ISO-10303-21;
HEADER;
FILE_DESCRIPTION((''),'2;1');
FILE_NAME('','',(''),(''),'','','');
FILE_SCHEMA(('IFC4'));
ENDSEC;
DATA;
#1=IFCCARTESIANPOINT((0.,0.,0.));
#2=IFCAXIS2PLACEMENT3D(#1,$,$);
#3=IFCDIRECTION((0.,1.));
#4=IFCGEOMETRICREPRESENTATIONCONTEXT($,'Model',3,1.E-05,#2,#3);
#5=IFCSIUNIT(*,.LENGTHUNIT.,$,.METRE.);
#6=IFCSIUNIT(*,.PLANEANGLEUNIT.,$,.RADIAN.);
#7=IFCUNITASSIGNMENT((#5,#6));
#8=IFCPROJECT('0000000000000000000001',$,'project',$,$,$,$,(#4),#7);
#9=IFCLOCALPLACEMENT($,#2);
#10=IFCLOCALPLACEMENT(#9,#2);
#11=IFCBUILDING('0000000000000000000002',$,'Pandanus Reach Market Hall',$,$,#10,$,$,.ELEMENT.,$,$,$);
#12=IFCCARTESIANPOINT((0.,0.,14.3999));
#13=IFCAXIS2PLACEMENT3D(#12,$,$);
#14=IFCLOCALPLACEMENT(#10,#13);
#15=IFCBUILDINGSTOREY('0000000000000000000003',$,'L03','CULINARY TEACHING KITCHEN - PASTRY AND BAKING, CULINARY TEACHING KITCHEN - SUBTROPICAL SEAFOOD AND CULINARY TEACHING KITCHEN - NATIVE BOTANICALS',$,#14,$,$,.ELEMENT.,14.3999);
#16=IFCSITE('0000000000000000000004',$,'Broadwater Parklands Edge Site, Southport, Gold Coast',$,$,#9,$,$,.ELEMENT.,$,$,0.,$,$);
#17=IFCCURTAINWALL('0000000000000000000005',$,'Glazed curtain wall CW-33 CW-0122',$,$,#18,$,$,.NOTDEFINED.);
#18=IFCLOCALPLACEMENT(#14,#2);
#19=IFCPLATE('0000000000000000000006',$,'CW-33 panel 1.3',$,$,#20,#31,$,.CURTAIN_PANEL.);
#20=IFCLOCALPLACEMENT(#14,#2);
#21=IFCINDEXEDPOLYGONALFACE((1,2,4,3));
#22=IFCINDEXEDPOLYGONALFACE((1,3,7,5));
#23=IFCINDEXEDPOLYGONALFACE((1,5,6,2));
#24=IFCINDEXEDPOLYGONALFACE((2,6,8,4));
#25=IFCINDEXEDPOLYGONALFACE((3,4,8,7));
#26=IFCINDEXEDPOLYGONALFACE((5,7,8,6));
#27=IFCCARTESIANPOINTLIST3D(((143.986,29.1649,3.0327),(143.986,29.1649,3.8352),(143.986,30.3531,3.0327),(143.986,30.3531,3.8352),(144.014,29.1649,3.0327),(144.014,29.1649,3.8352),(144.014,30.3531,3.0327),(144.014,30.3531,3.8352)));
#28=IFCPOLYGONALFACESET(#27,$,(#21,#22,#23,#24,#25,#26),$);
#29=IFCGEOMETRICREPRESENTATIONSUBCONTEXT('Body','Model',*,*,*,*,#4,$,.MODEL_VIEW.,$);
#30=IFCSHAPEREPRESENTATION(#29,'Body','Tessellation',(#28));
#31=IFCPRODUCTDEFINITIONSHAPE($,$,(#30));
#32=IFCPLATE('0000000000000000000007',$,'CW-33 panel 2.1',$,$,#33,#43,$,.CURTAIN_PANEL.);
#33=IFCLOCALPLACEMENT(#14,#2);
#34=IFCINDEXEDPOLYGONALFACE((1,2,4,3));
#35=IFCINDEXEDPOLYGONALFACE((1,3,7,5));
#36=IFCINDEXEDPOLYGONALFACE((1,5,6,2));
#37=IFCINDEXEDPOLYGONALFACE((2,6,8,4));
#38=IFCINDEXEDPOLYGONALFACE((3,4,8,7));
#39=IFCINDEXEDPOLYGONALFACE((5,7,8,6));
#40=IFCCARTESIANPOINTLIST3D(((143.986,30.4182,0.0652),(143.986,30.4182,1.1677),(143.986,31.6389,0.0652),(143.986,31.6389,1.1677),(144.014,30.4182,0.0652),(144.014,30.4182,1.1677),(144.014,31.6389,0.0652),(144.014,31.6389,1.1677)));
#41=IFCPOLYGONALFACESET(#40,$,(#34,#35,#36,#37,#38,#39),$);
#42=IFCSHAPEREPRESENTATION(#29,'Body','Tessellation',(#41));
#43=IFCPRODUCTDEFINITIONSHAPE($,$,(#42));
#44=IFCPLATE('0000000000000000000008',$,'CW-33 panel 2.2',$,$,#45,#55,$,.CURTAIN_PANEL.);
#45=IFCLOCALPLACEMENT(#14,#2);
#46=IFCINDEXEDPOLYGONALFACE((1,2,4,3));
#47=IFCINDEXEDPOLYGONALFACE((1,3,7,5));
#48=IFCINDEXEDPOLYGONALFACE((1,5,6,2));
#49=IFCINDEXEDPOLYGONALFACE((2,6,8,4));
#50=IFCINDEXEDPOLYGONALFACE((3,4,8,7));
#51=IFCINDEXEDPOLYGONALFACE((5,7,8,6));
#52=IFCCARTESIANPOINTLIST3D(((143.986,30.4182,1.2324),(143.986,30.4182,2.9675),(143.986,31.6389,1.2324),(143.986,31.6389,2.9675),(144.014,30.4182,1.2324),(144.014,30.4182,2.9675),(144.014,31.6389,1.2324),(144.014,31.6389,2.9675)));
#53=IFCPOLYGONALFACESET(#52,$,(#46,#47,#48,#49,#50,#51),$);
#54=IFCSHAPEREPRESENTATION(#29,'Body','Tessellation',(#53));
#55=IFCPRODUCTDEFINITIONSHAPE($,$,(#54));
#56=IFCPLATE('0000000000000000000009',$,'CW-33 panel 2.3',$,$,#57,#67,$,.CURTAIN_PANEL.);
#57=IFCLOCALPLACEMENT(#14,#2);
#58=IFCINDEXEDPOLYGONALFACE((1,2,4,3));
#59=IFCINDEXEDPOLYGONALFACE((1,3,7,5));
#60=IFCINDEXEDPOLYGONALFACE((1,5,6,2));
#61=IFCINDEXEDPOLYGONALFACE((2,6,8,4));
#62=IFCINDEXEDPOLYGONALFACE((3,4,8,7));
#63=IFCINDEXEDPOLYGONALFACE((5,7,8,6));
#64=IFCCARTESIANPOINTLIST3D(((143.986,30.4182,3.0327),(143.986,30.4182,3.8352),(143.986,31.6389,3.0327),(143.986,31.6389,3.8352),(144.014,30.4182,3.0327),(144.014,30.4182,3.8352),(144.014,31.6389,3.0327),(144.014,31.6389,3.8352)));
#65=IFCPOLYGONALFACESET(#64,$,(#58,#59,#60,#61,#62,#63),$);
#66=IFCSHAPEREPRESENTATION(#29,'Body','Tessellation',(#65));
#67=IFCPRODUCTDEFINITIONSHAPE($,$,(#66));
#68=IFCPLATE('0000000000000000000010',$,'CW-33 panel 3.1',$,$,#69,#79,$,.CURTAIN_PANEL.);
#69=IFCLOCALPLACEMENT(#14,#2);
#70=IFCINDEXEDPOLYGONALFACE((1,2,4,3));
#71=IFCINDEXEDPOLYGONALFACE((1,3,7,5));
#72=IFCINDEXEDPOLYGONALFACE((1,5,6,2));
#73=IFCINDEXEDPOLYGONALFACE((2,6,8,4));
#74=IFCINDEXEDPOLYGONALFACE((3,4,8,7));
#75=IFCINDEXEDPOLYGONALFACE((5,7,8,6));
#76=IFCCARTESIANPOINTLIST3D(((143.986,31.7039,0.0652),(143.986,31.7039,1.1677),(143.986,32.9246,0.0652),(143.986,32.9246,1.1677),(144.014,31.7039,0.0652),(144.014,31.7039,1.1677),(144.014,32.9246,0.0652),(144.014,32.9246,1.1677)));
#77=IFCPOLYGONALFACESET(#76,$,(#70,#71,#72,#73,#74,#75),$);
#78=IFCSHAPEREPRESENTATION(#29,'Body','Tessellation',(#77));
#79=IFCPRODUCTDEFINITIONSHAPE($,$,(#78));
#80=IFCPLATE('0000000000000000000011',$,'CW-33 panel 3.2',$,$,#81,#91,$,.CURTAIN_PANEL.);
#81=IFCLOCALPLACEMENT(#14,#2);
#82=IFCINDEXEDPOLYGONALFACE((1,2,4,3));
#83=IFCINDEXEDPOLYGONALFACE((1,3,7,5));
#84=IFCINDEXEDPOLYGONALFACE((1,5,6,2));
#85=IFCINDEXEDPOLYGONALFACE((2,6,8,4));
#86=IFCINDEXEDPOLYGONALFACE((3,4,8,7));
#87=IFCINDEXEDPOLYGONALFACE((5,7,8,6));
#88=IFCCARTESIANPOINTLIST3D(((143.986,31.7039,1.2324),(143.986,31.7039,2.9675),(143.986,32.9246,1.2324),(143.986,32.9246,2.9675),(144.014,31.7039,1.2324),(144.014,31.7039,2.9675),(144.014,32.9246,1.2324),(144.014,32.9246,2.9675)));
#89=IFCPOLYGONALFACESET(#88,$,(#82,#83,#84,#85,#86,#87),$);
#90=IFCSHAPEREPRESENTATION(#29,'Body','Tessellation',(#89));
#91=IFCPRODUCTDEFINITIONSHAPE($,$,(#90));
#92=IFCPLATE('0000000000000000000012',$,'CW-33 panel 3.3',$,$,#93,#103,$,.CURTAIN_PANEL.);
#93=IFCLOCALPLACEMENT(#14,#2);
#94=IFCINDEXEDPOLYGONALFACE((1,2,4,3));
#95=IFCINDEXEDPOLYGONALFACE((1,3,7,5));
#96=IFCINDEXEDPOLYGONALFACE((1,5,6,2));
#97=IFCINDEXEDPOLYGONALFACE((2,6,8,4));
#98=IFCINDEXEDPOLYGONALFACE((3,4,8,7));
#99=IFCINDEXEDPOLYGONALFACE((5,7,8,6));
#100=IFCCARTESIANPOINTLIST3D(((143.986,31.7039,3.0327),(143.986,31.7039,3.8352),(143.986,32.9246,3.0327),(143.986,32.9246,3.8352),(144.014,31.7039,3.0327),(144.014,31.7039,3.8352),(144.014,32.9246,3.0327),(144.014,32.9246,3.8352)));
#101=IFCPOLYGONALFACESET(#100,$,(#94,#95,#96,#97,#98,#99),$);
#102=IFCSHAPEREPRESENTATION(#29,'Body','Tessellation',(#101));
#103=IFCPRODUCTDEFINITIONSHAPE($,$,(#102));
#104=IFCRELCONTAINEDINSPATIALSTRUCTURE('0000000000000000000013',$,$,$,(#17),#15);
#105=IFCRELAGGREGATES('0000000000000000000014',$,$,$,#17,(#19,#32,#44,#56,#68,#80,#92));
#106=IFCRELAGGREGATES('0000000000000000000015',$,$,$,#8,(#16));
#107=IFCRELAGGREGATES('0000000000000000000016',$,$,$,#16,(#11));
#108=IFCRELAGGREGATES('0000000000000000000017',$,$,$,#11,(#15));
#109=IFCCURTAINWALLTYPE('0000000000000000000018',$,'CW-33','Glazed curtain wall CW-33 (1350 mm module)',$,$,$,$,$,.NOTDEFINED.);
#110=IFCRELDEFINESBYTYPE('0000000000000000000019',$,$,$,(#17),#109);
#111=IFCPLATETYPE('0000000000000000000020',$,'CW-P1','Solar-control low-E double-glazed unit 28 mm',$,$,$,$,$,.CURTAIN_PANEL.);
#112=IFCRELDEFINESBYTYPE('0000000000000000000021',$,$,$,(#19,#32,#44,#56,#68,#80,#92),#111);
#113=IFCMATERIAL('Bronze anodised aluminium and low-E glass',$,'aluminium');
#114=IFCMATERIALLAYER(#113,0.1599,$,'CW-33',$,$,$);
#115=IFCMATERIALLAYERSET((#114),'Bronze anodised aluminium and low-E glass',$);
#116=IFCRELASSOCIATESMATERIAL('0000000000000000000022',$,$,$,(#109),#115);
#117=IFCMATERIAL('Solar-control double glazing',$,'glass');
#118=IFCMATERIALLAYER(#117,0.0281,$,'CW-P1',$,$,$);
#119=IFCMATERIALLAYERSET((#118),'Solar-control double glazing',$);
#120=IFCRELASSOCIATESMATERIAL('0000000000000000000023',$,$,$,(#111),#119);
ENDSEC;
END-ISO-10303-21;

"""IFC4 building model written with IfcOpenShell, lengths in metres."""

from ifc_helpers import new_model, si_unit, direction, frame, origin, origin_2d, place, context, subcontext, project, spatial, rectangle, extrude, material, layer, layer_set, type_object, element, aggregate, save


model = new_model("IFC4")

# Units and contexts
model_context = context("Model", 3, precision=1e-05, world=origin(), true_north=direction((0.0, 1.0)))
body_context = subcontext(model_context, "Body", "Model", "MODEL_VIEW")
ifc_project = project(units=[si_unit("LENGTHUNIT", "METRE"), si_unit("PLANEANGLEUNIT", "RADIAN")], contexts=[model_context])

# Site, building, storey
site_placement = place(None, origin())
site = spatial("IfcSite", under=ifc_project, at=site_placement, Name="Broadwater Parklands Edge Site, Southport, Gold Coast", CompositionType="ELEMENT", RefElevation=0.0)
building_placement = place(site_placement, origin())
building = spatial("IfcBuilding", under=site, at=building_placement, Name="Pandanus Reach Market Hall", CompositionType="ELEMENT")
storey_placement = place(building_placement, frame((0.0, 0.0, 14.3999)))
storey = spatial("IfcBuildingStorey", under=building, at=storey_placement, Name="L03", Description="CULINARY TEACHING KITCHEN - PASTRY AND BAKING, CULINARY TEACHING KITCHEN - SUBTROPICAL SEAFOOD AND CULINARY TEACHING KITCHEN - NATIVE BOTANICALS", CompositionType="ELEMENT", Elevation=14.3999)

# Curtain wall, plates
ifc_material_1 = material(Name="Bronze anodised aluminium and low-E glass", Category="aluminium")
ifc_layer_1 = layer(ifc_material_1, 0.1599, Name="CW-33")
ifc_layer_set_1 = layer_set([ifc_layer_1], Name="Bronze anodised aluminium and low-E glass")
curtain_wall_type = type_object("IfcCurtainWallType", Name="CW-33", Description="Glazed curtain wall CW-33 (1350 mm module)", PredefinedType="NOTDEFINED", material=ifc_layer_set_1)
curtain_wall_placement = place(storey_placement, origin())
curtain_wall = element("IfcCurtainWall", 1, at=curtain_wall_placement, inside=storey, type_object=curtain_wall_type, Name="Glazed curtain wall CW-33 CW-0122", PredefinedType="NOTDEFINED")
ifc_material_2 = material(Name="Solar-control double glazing", Category="glass")
ifc_layer_2 = layer(ifc_material_2, 0.0281, Name="CW-P1")
ifc_layer_set_2 = layer_set([ifc_layer_2], Name="Solar-control double glazing")
plate_type = type_object("IfcPlateType", Name="CW-P1", Description="Solar-control low-E double-glazed unit 28 mm", PredefinedType="CURTAIN_PANEL", material=ifc_layer_set_2)
plate_1_placement = place(storey_placement, frame((144.0, 29.759, 3.0327), z_axis=(0.0, 0.0, 1.0), x_axis=(0.0, 1.0, 0.0)))
plate_1 = element("IfcPlate", 2, at=plate_1_placement, type_object=plate_type, Name="CW-33 panel 1.3", PredefinedType="CURTAIN_PANEL", context=body_context, shape_type="SweptSolid", body=[
    extrude(rectangle(XDim=1.1882, YDim=0.0281, at=origin_2d()), origin(), (0.0, 0.0, 1.0), 0.8025),
])
plate_2_placement = place(storey_placement, frame((144.0, 31.0286, 0.0652), z_axis=(0.0, 0.0, 1.0), x_axis=(0.0, 1.0, 0.0)))
plate_2 = element("IfcPlate", 3, at=plate_2_placement, type_object=plate_type, Name="CW-33 panel 2.1", PredefinedType="CURTAIN_PANEL", context=body_context, shape_type="SweptSolid", body=[
    extrude(rectangle(XDim=1.2207, YDim=0.0281, at=origin_2d()), origin(), (0.0, 0.0, 1.0), 1.1025),
])
plate_3_placement = place(storey_placement, frame((144.0, 31.0286, 1.2324), z_axis=(0.0, 0.0, 1.0), x_axis=(0.0, 1.0, 0.0)))
plate_3 = element("IfcPlate", 4, at=plate_3_placement, type_object=plate_type, Name="CW-33 panel 2.2", PredefinedType="CURTAIN_PANEL", context=body_context, shape_type="SweptSolid", body=[
    extrude(rectangle(XDim=1.2207, YDim=0.0281, at=origin_2d()), origin(), (0.0, 0.0, 1.0), 1.7351),
])
plate_4_placement = place(storey_placement, frame((144.0, 31.0286, 3.0327), z_axis=(0.0, 0.0, 1.0), x_axis=(0.0, 1.0, 0.0)))
plate_4 = element("IfcPlate", 5, at=plate_4_placement, type_object=plate_type, Name="CW-33 panel 2.3", PredefinedType="CURTAIN_PANEL", context=body_context, shape_type="SweptSolid", body=[
    extrude(rectangle(XDim=1.2207, YDim=0.0281, at=origin_2d()), origin(), (0.0, 0.0, 1.0), 0.8025),
])
plate_5_placement = place(storey_placement, frame((144.0, 32.3142, 0.0652), z_axis=(0.0, 0.0, 1.0), x_axis=(0.0, 1.0, 0.0)))
plate_5 = element("IfcPlate", 6, at=plate_5_placement, type_object=plate_type, Name="CW-33 panel 3.1", PredefinedType="CURTAIN_PANEL", context=body_context, shape_type="SweptSolid", body=[
    extrude(rectangle(XDim=1.2207, YDim=0.0281, at=origin_2d()), origin(), (0.0, 0.0, 1.0), 1.1025),
])
plate_6_placement = place(storey_placement, frame((144.0, 32.3142, 1.2324), z_axis=(0.0, 0.0, 1.0), x_axis=(0.0, 1.0, 0.0)))
plate_6 = element("IfcPlate", 7, at=plate_6_placement, type_object=plate_type, Name="CW-33 panel 3.2", PredefinedType="CURTAIN_PANEL", context=body_context, shape_type="SweptSolid", body=[
    extrude(rectangle(XDim=1.2207, YDim=0.0281, at=origin_2d()), origin(), (0.0, 0.0, 1.0), 1.7351),
])
plate_7_placement = place(storey_placement, frame((144.0, 32.3142, 3.0327), z_axis=(0.0, 0.0, 1.0), x_axis=(0.0, 1.0, 0.0)))
plate_7 = element("IfcPlate", 8, at=plate_7_placement, type_object=plate_type, Name="CW-33 panel 3.3", PredefinedType="CURTAIN_PANEL", context=body_context, shape_type="SweptSolid", body=[
    extrude(rectangle(XDim=1.2207, YDim=0.0281, at=origin_2d()), origin(), (0.0, 0.0, 1.0), 0.8025),
])
aggregate(curtain_wall, [plate_1, plate_2, plate_3, plate_4, plate_5, plate_6, plate_7])

save(model, "model.ifc")
